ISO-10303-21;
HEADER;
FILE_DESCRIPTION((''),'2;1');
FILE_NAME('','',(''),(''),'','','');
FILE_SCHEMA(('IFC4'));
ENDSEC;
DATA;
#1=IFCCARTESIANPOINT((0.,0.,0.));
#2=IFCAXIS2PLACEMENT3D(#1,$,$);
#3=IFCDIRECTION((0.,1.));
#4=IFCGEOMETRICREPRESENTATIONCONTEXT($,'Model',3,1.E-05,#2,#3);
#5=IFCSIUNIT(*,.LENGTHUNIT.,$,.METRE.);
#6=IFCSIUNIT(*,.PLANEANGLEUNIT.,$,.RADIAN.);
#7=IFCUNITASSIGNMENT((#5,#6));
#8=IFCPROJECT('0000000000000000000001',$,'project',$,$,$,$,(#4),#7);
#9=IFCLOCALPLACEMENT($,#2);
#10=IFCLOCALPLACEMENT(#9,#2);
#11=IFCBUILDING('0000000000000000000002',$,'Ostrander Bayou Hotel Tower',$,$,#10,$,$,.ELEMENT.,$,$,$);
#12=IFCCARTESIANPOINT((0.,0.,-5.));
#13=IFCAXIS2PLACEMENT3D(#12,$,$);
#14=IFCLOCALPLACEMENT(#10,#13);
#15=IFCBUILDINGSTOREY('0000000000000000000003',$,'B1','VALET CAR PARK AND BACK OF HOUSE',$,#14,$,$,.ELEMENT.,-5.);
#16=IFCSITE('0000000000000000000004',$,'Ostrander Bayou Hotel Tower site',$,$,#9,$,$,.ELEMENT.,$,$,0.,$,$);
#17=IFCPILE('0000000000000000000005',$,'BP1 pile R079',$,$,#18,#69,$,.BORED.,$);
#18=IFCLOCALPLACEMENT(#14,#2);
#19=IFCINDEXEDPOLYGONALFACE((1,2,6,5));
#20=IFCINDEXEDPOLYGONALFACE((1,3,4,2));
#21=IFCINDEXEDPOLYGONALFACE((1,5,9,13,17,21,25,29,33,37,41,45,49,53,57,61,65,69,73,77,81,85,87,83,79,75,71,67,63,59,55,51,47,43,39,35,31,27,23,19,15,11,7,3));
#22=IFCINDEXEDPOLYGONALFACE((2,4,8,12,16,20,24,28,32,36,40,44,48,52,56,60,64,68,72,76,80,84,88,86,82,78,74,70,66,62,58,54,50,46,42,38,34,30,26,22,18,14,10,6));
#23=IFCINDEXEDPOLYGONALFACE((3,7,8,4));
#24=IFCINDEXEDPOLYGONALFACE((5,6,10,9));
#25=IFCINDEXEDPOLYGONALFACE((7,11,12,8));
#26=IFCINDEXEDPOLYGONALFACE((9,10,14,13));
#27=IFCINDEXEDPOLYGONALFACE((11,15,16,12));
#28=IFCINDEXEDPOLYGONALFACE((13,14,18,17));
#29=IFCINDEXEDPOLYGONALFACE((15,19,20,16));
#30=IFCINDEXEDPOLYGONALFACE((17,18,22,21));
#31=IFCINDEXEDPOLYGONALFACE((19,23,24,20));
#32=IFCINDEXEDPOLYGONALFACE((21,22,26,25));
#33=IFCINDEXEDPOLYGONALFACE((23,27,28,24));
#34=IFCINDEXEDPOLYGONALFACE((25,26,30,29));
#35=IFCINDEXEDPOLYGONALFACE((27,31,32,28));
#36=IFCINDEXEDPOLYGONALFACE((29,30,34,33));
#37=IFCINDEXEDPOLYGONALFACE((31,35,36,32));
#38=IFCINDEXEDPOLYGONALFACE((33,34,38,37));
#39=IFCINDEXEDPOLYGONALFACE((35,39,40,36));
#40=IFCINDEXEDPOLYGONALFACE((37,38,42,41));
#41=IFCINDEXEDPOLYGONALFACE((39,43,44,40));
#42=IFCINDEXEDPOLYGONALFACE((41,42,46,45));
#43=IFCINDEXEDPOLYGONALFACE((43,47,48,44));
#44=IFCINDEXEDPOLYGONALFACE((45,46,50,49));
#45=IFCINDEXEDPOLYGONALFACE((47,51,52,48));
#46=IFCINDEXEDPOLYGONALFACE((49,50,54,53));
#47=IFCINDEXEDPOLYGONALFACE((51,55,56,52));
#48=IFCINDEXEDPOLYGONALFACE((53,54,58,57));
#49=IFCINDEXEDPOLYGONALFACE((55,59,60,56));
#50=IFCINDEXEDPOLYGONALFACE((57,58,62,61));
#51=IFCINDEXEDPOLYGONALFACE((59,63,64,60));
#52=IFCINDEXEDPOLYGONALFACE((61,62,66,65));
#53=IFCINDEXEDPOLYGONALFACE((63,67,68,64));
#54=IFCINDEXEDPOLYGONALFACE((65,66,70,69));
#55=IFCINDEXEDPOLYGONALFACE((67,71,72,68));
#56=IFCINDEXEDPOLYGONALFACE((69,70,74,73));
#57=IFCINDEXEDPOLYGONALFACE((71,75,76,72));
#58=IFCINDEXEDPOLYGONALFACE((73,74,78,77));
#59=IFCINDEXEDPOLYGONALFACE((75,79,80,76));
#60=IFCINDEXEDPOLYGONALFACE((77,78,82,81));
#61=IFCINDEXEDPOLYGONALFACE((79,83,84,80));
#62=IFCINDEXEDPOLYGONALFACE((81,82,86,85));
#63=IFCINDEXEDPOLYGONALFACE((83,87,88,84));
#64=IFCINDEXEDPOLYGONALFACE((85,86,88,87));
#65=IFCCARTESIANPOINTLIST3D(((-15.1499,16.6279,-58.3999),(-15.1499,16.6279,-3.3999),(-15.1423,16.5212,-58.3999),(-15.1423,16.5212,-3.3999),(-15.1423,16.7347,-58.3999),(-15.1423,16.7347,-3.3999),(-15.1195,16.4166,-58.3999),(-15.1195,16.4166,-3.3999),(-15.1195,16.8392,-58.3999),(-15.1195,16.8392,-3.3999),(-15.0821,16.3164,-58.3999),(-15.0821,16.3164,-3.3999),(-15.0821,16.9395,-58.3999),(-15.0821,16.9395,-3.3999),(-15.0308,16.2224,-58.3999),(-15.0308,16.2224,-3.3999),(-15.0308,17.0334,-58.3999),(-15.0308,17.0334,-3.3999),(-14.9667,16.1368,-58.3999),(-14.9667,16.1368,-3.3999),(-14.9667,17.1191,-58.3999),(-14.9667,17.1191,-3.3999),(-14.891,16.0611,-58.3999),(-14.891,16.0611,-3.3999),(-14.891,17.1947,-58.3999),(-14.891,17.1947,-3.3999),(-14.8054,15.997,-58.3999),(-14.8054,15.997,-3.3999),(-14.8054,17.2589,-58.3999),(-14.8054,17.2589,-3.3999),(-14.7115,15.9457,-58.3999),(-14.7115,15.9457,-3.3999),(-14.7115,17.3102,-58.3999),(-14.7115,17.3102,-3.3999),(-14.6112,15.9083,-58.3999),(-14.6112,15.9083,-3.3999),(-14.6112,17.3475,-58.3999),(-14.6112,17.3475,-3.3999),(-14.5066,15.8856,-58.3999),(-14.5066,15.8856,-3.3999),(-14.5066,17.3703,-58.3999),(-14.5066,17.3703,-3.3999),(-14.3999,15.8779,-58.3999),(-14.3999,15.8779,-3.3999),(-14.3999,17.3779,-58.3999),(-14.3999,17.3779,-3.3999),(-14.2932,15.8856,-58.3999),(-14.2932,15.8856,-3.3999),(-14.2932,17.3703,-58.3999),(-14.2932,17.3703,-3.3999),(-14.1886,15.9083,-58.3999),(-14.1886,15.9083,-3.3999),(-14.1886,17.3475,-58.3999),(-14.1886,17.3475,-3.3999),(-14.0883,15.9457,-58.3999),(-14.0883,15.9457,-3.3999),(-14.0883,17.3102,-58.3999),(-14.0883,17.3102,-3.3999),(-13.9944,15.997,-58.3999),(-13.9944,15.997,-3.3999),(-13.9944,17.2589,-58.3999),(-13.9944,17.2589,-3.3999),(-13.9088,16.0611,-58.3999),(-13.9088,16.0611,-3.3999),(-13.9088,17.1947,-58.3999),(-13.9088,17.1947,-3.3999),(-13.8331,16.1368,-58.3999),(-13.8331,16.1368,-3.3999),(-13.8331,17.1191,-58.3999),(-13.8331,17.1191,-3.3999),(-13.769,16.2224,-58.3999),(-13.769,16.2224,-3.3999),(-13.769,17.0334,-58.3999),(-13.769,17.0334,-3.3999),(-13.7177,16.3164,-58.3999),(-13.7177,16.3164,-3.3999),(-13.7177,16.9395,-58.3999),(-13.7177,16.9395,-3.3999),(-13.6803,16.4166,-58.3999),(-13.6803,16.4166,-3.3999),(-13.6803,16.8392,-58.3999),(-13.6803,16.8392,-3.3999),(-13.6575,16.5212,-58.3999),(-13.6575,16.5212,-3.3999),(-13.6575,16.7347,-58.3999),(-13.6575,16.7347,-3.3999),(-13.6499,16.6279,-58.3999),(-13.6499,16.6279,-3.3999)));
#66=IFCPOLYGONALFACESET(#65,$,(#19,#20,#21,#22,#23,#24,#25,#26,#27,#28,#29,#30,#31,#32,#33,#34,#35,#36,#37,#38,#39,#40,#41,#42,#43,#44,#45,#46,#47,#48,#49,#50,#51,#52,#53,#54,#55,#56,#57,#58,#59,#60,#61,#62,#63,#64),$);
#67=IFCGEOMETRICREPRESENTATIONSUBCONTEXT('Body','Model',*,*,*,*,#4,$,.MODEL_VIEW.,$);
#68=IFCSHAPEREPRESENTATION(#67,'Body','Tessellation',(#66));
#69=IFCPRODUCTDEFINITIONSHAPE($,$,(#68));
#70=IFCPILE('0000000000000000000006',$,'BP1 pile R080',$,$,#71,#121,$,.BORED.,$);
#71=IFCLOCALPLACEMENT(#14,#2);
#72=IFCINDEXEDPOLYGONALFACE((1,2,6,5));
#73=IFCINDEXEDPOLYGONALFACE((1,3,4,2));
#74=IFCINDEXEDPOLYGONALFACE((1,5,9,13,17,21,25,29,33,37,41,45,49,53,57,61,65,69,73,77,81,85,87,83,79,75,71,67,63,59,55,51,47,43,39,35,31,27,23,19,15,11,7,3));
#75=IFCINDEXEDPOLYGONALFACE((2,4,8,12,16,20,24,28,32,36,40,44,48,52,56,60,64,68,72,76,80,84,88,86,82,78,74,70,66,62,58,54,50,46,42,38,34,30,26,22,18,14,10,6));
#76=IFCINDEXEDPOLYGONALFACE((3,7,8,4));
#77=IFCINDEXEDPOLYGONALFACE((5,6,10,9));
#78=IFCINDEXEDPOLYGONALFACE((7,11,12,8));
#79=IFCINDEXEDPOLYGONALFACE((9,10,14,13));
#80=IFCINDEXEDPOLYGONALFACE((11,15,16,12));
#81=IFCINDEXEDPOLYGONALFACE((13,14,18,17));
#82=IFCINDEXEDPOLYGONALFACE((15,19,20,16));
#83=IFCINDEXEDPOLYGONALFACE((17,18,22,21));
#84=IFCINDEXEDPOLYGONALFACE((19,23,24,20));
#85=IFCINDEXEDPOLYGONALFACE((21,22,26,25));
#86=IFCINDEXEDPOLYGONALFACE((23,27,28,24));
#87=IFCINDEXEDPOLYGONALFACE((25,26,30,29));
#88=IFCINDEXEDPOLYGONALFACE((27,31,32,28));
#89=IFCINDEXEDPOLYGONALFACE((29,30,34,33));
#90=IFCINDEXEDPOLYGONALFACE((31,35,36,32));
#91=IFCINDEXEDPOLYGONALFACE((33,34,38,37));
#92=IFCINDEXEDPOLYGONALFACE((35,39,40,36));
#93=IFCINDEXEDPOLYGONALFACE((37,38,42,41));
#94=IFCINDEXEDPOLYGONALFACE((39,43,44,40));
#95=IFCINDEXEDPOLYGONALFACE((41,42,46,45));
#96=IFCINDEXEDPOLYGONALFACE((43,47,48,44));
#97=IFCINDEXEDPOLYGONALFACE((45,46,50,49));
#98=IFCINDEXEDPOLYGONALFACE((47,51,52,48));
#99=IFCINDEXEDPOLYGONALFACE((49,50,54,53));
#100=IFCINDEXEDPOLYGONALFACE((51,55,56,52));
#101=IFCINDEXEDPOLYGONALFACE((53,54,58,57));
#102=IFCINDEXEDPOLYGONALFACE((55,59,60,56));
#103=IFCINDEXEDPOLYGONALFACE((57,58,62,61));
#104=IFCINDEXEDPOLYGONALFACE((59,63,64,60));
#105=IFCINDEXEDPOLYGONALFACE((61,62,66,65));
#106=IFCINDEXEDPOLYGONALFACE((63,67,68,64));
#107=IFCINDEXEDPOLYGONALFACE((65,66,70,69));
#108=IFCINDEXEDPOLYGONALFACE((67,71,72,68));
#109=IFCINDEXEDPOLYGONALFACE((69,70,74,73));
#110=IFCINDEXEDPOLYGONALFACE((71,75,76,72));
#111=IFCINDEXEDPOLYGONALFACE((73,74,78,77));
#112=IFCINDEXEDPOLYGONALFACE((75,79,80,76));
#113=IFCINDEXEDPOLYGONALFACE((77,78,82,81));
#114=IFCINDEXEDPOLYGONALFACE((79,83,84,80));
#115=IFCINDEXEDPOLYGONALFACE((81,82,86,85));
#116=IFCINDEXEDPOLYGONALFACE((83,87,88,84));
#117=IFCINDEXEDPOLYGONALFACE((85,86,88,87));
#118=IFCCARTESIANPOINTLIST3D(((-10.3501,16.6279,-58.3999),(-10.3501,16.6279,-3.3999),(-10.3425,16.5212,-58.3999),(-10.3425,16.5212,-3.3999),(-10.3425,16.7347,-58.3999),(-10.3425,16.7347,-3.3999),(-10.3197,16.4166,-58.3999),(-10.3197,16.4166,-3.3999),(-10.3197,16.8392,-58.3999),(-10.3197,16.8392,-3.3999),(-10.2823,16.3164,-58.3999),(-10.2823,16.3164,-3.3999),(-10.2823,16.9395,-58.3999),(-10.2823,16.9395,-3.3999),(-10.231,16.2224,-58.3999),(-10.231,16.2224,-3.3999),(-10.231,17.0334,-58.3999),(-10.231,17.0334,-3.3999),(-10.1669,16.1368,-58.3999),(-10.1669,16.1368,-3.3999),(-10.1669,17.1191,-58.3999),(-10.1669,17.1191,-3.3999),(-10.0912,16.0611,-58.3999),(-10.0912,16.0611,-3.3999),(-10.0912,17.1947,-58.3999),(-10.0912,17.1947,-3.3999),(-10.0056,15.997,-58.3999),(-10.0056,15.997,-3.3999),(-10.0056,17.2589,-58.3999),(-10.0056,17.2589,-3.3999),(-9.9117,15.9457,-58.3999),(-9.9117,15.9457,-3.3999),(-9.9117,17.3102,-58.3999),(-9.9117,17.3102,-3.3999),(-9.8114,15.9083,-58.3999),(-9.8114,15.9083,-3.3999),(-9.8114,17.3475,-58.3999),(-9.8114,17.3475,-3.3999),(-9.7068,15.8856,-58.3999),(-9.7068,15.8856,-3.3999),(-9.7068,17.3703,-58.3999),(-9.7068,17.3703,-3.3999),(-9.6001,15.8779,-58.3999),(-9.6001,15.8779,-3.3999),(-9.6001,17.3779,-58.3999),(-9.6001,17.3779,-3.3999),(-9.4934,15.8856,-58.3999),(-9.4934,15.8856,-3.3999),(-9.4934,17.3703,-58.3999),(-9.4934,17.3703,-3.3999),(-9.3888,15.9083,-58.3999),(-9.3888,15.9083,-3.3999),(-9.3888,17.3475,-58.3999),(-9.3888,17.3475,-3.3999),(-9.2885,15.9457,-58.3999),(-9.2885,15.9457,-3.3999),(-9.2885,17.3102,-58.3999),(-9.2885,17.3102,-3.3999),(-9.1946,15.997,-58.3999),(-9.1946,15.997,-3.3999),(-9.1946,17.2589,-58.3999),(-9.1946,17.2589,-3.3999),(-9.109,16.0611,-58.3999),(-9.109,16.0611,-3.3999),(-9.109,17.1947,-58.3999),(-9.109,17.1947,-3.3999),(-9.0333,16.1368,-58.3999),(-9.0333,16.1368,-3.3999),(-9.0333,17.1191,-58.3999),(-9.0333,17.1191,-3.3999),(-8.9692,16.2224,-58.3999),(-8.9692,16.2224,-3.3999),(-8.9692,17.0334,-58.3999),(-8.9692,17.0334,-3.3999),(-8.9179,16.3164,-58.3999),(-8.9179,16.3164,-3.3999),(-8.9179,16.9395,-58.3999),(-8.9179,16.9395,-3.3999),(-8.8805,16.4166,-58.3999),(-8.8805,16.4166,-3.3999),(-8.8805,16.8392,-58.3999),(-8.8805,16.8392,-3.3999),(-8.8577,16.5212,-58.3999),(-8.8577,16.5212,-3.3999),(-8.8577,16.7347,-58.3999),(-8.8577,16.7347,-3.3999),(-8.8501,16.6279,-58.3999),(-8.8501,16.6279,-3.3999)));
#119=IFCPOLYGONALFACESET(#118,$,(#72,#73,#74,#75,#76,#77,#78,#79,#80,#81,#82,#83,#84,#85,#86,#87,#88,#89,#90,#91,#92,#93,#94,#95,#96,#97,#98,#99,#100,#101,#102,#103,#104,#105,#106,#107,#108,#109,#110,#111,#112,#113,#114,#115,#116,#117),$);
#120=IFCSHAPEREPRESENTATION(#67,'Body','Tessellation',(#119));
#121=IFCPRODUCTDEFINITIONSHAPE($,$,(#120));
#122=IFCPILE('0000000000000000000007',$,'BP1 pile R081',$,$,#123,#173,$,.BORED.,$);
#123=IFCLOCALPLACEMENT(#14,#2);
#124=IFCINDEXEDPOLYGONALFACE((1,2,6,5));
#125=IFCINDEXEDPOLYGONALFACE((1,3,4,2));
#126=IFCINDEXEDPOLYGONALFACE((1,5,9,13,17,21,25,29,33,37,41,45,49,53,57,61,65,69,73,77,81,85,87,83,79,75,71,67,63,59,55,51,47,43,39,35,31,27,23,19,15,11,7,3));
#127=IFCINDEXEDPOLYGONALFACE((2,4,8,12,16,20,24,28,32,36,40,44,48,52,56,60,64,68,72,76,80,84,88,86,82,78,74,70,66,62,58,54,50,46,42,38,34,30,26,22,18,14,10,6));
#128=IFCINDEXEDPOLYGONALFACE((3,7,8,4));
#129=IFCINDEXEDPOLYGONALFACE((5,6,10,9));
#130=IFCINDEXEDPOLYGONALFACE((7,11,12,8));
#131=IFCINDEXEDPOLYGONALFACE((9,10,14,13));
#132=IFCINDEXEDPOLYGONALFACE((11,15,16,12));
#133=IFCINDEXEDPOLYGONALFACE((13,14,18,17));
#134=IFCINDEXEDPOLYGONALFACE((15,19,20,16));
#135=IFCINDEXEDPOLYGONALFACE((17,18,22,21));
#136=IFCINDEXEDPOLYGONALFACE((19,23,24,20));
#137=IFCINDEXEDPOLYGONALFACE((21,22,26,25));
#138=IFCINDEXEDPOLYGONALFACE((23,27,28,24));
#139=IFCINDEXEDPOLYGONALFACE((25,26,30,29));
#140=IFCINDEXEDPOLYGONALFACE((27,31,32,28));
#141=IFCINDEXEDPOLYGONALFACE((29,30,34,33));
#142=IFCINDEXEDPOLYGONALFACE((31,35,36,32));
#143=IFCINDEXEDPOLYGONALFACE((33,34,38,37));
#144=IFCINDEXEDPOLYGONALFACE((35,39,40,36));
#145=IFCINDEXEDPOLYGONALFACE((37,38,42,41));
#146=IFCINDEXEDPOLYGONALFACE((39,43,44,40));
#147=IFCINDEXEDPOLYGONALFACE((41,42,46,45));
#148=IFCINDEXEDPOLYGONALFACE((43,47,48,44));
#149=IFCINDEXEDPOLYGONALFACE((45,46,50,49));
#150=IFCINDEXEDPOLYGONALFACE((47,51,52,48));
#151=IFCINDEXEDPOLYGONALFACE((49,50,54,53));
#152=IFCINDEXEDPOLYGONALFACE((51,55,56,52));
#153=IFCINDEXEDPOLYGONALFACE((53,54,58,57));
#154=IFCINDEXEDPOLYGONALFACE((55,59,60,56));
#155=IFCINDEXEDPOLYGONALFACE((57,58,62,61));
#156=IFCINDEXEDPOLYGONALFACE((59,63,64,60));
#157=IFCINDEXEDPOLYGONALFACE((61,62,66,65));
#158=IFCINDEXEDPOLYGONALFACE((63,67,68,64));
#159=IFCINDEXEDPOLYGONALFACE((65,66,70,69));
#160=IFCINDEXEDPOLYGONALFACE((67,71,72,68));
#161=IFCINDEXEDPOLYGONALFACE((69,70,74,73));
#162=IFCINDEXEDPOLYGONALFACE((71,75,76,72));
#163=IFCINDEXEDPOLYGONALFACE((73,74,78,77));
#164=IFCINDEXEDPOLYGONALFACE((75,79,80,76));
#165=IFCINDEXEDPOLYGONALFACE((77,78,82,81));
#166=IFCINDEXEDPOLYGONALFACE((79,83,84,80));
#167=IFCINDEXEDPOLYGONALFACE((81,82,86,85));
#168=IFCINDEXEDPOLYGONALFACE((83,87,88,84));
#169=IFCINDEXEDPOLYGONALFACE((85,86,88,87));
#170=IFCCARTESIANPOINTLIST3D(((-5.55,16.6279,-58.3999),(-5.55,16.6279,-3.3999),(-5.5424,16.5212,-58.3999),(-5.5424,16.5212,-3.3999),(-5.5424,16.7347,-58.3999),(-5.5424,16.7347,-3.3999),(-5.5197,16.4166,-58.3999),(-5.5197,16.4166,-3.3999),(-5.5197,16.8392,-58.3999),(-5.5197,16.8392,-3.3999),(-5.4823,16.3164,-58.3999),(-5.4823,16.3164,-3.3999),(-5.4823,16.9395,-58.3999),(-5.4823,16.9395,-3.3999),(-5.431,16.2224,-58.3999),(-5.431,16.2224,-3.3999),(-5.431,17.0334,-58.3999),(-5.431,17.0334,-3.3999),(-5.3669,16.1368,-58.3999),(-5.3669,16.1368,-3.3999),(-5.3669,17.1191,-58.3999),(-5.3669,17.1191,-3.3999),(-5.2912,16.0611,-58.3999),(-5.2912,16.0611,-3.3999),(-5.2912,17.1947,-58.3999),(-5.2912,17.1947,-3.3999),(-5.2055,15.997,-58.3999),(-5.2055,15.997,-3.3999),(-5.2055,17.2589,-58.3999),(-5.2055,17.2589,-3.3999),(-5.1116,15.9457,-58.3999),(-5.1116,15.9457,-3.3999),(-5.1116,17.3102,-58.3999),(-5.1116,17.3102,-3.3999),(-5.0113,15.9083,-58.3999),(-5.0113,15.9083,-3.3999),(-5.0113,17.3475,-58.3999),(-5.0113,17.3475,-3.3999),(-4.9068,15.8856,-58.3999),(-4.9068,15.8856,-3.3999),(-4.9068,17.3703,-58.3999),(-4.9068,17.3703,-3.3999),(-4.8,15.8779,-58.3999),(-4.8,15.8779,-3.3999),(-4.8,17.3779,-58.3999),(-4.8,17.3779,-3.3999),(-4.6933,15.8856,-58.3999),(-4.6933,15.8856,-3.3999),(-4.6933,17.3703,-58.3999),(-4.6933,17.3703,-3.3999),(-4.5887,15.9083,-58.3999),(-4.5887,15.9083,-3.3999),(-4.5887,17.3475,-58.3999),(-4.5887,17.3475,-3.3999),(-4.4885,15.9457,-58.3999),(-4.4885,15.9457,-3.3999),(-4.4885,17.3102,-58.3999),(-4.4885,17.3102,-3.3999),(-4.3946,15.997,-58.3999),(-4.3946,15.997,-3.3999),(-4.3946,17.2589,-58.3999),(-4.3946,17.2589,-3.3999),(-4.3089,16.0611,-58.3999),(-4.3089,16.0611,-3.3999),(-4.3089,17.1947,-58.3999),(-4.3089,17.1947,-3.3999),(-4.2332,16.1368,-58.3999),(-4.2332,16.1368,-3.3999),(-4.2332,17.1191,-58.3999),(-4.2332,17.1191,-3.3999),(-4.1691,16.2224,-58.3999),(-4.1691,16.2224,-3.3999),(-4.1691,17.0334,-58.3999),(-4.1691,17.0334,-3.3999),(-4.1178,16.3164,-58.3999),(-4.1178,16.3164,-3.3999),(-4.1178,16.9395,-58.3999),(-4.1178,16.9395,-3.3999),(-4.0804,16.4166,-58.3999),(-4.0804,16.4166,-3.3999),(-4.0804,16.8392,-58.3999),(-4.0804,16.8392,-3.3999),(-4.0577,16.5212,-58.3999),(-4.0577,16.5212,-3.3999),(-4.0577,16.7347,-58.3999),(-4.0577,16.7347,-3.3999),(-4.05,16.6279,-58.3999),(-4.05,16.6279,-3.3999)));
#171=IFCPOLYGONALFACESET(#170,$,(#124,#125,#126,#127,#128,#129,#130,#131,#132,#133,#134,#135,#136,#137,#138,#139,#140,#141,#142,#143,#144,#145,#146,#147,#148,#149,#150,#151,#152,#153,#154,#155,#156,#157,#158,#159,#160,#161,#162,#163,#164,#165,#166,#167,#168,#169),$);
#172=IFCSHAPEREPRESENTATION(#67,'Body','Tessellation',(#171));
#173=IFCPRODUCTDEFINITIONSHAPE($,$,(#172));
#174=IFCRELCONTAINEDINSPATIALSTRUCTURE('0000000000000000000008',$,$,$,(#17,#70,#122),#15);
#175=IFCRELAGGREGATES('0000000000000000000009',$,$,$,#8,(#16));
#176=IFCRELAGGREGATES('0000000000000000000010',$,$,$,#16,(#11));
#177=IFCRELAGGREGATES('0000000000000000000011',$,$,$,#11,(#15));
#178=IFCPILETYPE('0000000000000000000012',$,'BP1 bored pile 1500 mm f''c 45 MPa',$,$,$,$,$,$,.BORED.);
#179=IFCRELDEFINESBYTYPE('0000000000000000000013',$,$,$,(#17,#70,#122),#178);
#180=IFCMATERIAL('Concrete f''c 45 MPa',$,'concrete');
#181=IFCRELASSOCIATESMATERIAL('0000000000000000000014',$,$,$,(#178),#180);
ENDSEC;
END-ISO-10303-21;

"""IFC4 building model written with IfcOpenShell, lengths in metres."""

from ifc_helpers import new_model, si_unit, direction, frame, origin, origin_2d, place, context, subcontext, project, spatial, circle, extrude, material, material_profile, profile_set, type_object, element, save


model = new_model("IFC4")

# Units and contexts
model_context = context("Model", 3, precision=1e-05, world=origin(), true_north=direction((0.0, 1.0)))
body_context = subcontext(model_context, "Body", "Model", "MODEL_VIEW")
ifc_project = project(units=[si_unit("LENGTHUNIT", "METRE"), si_unit("PLANEANGLEUNIT", "RADIAN")], contexts=[model_context])

# Site, building, storey
site_placement = place(None, origin())
site = spatial("IfcSite", under=ifc_project, at=site_placement, Name="Ostrander Bayou Hotel Tower site", CompositionType="ELEMENT", RefElevation=0.0)
building_placement = place(site_placement, origin())
building = spatial("IfcBuilding", under=site, at=building_placement, Name="Ostrander Bayou Hotel Tower", CompositionType="ELEMENT")
storey_placement = place(building_placement, frame((0.0, 0.0, -5.0)))
storey = spatial("IfcBuildingStorey", under=building, at=storey_placement, Name="B1", Description="VALET CAR PARK AND BACK OF HOUSE", CompositionType="ELEMENT", Elevation=-5.0)

# Piles
ifc_material_1 = material(Name="Concrete f'c 45 MPa", Category="concrete")
ifc_material_profile_1 = material_profile(ifc_material_1, circle(Radius=0.75, at=origin_2d()))
ifc_profile_set_1 = profile_set([ifc_material_profile_1], Name="Concrete f'c 45 MPa")
pile_type_1 = type_object("IfcPileType", Name="BP1 bored pile 1500 mm f'c 45 MPa", PredefinedType="BORED", material=ifc_profile_set_1)
for number, where, z_axis, x_axis, name in (
    (1, (-14.3999, 16.6279, -3.3999), (0.0, 0.0, -1.0), (1.0, 0.0, 0.0), "BP1 pile R079"),
    (2, (-9.6001, 16.6279, -3.3999), (0.0, 0.0, -1.0), (1.0, 0.0, 0.0), "BP1 pile R080"),
    (3, (-4.8, 16.6279, -3.3999), (0.0, 0.0, -1.0), (1.0, 0.0, 0.0), "BP1 pile R081"),
):
    element("IfcPile", number, at=place(storey_placement, frame(where, z_axis=z_axis, x_axis=x_axis)), inside=storey, type_object=pile_type_1, Name=name, PredefinedType="BORED", context=body_context, shape_type="SweptSolid", body=[
        extrude(circle(Radius=0.75, at=origin_2d()), origin(), (0.0, 0.0, 1.0), 55.0),
    ])

save(model, "model.ifc")
